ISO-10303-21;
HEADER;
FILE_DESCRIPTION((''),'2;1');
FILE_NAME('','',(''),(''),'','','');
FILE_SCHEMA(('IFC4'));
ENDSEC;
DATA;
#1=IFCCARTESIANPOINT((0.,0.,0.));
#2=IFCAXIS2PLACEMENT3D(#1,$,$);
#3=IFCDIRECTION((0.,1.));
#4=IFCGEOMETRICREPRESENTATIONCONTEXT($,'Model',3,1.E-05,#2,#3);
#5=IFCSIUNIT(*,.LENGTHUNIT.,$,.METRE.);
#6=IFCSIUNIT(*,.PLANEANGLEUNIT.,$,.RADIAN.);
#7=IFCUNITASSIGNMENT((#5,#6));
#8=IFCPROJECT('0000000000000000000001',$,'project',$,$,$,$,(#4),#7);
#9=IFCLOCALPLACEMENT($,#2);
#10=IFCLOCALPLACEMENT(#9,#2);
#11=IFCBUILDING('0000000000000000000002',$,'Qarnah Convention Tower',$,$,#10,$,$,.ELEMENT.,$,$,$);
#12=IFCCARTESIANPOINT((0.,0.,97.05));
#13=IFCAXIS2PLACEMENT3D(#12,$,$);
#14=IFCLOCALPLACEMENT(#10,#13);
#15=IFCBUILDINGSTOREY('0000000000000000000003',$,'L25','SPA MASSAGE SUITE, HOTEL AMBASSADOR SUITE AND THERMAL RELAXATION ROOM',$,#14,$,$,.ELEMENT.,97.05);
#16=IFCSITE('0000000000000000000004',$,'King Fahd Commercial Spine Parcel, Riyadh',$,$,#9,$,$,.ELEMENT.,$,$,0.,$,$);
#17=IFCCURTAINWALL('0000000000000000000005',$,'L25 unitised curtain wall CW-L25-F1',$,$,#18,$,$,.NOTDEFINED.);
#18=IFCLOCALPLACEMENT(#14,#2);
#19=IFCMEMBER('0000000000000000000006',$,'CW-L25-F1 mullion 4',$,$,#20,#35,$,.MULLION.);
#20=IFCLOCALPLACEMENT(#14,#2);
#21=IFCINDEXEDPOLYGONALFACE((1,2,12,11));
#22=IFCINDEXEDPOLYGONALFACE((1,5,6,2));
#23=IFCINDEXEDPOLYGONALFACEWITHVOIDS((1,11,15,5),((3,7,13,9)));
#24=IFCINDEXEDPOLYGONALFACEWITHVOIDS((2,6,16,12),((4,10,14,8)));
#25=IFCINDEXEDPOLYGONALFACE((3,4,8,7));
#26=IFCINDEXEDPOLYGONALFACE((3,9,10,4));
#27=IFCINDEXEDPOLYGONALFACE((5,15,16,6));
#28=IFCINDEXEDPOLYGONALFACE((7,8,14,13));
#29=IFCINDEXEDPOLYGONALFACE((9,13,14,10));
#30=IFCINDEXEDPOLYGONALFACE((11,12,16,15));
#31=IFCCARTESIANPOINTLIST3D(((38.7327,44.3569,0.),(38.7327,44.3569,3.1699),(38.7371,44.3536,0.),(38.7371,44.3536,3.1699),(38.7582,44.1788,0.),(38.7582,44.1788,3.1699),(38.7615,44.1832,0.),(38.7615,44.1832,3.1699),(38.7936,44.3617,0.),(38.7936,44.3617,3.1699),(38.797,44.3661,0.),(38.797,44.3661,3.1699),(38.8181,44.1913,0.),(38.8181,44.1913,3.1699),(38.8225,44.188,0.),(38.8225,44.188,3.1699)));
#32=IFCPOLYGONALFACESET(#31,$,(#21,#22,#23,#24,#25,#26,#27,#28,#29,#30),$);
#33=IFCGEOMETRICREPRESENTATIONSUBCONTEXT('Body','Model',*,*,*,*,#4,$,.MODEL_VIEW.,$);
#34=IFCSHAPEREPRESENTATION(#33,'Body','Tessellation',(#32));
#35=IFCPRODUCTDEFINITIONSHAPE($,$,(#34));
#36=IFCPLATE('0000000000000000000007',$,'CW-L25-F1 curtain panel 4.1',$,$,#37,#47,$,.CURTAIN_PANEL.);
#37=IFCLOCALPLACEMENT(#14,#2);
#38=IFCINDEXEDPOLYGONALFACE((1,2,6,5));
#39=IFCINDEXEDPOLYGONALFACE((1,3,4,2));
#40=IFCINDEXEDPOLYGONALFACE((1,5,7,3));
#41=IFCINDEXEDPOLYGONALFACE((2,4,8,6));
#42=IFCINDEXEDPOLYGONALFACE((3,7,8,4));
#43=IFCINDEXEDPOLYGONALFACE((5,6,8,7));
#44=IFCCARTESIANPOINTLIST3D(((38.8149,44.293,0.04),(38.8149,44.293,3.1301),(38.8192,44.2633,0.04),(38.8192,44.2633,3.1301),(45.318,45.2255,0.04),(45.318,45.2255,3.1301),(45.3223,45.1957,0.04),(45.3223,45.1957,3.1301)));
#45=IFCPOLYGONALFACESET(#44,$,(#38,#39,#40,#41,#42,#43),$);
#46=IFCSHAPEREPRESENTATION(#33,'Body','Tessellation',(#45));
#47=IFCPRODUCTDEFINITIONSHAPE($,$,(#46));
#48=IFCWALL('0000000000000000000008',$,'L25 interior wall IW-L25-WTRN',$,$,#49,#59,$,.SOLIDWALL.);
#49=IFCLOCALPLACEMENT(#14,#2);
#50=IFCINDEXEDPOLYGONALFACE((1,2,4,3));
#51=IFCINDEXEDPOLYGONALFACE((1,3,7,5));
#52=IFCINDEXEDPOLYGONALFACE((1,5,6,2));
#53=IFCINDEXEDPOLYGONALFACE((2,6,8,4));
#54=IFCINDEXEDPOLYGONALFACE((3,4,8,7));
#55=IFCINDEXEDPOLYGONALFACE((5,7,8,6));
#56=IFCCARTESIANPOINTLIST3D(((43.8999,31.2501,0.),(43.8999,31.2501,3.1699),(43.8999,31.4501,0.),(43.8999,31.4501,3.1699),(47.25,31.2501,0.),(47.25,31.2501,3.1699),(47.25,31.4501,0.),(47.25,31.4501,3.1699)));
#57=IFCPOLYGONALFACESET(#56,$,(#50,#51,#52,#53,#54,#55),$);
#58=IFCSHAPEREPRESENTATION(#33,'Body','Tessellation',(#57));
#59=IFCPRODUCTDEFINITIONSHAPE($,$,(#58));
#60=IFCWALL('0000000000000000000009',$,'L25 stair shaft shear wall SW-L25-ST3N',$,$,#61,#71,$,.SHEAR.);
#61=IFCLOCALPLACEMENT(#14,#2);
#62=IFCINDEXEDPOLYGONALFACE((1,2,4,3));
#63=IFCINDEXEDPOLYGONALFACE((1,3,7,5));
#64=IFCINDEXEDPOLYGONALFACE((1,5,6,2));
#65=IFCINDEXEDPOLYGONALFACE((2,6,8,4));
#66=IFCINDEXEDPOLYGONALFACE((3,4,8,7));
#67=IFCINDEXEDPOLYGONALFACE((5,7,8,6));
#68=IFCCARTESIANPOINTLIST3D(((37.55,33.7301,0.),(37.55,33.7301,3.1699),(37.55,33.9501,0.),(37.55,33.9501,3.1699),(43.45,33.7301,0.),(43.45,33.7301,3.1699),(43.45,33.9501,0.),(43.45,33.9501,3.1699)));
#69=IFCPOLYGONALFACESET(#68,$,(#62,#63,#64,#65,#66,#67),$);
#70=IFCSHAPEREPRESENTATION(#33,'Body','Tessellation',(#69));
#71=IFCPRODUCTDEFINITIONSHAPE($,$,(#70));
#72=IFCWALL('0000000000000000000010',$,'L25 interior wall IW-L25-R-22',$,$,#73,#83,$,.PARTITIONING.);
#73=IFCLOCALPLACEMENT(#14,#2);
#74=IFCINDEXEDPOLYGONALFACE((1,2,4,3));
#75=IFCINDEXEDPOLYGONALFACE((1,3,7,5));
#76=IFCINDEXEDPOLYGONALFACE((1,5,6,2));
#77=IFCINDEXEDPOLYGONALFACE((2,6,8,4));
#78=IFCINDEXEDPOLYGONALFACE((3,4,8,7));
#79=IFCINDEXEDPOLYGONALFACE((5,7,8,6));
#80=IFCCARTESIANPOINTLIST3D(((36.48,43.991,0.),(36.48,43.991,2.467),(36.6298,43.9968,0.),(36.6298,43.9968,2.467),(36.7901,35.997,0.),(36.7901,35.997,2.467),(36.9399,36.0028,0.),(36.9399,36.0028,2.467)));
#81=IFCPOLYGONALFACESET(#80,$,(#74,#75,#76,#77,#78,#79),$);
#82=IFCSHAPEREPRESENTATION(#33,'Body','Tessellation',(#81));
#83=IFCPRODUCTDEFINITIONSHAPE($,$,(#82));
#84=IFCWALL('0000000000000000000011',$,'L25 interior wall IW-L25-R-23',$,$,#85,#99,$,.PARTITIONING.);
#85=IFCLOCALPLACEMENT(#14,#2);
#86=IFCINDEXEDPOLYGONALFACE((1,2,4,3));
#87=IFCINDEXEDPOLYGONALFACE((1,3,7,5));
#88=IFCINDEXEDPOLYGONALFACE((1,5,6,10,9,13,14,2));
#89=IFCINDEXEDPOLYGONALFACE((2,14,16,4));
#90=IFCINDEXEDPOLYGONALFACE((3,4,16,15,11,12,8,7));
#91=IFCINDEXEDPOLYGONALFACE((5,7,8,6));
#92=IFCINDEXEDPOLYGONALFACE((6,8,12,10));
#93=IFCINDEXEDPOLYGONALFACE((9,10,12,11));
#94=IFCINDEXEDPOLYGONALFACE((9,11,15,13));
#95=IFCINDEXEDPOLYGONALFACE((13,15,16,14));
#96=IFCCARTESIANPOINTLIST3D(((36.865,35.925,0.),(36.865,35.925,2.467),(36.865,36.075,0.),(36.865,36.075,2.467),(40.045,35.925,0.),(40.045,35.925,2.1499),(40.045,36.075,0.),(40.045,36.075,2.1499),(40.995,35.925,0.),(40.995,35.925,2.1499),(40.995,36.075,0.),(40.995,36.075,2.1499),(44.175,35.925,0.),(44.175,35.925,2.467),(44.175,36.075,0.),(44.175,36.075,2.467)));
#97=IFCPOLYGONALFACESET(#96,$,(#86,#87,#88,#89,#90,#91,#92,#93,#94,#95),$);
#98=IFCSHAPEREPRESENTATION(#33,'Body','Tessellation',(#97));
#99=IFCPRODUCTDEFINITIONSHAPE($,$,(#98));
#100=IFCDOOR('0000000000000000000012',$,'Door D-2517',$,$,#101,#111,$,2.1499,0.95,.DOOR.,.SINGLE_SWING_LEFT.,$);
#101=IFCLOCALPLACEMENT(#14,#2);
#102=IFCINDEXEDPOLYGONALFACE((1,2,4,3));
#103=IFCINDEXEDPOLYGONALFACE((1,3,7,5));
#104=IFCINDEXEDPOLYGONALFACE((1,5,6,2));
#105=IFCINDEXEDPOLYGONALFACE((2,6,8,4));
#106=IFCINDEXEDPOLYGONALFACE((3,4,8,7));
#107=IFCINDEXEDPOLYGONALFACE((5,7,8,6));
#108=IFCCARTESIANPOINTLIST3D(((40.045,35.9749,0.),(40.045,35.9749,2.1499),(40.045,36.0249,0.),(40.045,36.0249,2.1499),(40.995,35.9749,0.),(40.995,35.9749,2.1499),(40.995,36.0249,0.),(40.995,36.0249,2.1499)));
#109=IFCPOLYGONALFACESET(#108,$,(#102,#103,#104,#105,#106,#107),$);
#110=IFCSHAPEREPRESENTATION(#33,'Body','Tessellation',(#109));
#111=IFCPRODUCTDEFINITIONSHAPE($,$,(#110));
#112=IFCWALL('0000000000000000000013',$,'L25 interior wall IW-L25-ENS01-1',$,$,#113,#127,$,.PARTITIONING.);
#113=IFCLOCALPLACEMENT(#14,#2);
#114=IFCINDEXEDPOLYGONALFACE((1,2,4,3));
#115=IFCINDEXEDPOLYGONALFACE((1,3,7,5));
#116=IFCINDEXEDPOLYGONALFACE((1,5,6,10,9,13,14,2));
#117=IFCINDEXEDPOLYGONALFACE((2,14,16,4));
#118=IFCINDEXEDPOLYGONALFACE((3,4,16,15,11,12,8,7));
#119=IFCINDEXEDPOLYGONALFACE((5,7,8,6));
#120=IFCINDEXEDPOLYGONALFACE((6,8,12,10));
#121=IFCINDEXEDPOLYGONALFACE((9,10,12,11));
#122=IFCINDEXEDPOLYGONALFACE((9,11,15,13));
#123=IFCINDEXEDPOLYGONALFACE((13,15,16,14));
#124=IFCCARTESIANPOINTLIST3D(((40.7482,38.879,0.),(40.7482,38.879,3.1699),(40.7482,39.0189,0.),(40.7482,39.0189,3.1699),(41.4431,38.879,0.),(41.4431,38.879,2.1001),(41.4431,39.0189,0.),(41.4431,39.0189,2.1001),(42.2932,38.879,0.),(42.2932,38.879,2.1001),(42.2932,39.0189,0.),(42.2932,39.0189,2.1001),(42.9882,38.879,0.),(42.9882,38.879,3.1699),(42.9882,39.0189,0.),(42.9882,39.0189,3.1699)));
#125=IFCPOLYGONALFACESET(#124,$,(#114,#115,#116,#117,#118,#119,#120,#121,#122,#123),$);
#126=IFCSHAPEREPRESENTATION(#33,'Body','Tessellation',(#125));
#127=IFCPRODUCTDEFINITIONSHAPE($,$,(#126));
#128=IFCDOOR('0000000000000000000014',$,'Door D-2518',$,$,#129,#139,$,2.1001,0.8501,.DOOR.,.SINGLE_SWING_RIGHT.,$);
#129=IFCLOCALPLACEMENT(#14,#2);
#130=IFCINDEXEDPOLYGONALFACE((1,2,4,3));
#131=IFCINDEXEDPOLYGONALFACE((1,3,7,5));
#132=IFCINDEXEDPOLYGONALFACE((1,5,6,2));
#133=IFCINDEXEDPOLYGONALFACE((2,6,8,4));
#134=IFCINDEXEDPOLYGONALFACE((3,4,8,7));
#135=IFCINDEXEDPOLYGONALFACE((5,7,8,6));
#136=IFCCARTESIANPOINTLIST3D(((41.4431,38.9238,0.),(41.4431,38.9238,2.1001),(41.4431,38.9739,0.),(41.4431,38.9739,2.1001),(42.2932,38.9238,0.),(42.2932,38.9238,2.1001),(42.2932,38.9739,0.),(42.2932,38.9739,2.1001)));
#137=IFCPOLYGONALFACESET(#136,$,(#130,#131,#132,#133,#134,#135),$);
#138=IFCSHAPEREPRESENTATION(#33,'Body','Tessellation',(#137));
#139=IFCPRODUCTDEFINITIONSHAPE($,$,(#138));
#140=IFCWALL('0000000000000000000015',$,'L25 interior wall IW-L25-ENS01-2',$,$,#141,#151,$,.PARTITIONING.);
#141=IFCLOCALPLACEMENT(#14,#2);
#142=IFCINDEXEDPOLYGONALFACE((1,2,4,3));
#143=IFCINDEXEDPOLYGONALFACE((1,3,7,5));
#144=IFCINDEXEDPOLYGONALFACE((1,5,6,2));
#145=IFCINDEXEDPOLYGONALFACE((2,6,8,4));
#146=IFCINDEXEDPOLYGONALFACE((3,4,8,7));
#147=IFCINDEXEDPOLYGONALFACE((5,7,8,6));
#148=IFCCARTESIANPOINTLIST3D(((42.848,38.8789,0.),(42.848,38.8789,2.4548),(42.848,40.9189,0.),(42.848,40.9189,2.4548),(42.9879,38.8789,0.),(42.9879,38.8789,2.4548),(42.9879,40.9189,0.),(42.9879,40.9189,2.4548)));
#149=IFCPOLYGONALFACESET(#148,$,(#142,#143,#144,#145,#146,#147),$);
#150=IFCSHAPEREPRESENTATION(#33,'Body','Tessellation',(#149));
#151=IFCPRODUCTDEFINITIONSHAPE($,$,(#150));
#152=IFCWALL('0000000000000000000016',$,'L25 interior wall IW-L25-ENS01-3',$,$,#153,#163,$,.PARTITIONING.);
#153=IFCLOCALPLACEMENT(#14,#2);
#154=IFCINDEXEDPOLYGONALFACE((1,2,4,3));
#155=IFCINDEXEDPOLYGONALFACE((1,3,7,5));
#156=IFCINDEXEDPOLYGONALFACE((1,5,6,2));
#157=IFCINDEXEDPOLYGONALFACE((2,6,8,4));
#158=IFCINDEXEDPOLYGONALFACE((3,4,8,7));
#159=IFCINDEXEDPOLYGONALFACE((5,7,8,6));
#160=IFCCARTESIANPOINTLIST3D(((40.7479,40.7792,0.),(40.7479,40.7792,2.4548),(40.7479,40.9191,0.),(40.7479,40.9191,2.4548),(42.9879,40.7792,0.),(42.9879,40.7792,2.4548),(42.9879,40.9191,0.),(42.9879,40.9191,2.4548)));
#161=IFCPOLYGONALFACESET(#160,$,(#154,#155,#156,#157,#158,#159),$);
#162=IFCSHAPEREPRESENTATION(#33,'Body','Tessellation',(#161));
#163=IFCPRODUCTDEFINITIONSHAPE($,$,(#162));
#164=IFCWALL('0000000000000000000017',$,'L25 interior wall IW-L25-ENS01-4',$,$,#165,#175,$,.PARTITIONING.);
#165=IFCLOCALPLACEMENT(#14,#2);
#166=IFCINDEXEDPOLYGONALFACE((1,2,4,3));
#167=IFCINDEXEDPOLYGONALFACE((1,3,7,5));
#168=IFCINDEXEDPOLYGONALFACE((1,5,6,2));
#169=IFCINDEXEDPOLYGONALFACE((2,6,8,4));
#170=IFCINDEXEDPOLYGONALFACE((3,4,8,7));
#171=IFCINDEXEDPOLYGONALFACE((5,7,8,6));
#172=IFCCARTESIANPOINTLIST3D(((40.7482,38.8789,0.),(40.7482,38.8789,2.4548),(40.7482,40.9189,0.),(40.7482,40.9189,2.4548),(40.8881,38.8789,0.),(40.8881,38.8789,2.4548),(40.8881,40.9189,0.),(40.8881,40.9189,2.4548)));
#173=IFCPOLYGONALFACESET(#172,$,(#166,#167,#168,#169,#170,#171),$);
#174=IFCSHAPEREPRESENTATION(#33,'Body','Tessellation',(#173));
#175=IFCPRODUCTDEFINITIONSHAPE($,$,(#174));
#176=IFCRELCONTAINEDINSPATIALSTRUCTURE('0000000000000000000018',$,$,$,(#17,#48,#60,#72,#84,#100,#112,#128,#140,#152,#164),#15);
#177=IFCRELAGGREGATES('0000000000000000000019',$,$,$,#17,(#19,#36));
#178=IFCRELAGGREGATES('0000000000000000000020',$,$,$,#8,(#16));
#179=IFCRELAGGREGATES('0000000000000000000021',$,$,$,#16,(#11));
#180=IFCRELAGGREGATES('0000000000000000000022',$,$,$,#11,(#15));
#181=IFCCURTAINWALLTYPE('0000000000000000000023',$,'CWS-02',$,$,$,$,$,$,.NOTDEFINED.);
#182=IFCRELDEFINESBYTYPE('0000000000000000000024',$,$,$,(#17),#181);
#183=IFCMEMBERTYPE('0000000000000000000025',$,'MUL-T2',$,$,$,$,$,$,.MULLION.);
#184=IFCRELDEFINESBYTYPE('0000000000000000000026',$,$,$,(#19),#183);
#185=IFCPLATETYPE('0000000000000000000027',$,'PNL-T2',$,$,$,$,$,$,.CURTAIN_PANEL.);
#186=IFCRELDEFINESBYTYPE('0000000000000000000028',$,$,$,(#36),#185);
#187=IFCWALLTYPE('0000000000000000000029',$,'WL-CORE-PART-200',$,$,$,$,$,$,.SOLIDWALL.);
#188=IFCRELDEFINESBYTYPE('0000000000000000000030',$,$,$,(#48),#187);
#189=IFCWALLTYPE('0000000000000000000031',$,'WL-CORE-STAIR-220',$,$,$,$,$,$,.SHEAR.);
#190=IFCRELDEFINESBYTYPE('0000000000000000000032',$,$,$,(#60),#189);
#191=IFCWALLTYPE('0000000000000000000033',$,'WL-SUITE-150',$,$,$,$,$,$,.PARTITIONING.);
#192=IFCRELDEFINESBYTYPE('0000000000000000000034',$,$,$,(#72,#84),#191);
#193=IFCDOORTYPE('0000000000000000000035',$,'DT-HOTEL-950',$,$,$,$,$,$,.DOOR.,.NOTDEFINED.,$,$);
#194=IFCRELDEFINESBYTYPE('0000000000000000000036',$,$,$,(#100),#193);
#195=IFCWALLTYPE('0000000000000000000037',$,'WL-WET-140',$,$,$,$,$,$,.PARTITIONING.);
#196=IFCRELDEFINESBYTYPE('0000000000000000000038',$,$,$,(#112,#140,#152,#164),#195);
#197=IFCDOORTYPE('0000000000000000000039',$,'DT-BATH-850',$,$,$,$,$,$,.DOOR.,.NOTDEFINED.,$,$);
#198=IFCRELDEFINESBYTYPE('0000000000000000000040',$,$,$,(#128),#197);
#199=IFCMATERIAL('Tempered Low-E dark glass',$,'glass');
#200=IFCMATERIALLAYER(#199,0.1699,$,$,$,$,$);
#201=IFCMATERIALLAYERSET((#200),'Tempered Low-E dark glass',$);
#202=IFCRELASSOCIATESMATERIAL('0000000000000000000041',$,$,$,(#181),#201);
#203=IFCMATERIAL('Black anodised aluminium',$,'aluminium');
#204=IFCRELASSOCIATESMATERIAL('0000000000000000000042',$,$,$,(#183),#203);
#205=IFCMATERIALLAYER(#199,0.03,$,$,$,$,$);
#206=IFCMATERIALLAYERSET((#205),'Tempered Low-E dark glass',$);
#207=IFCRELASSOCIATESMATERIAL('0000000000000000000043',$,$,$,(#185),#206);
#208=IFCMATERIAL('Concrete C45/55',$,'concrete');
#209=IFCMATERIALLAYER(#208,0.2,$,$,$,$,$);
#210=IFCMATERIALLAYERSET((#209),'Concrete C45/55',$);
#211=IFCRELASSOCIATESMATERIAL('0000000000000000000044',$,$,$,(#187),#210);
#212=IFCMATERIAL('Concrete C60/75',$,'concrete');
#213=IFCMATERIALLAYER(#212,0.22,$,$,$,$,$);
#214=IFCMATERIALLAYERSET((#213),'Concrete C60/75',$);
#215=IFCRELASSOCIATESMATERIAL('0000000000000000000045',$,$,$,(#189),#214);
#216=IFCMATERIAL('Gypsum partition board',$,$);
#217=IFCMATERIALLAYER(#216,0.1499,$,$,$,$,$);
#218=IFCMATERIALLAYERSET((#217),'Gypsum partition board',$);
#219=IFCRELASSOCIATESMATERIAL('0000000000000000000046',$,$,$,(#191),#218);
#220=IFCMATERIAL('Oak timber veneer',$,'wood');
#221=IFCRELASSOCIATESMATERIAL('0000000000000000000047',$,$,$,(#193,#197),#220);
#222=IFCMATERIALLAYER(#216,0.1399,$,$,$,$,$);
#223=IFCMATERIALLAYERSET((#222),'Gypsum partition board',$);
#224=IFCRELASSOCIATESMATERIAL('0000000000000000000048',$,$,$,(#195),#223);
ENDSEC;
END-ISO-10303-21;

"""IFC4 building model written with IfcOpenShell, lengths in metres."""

from ifc_helpers import new_model, si_unit, direction, frame, frame_2d, origin, origin_2d, place, context, subcontext, project, spatial, rectangle, hollow_rectangle, extrude, material, layer, layer_set, material_profile, profile_set, type_object, element, fill, aggregate, save


model = new_model("IFC4")

# Units and contexts
model_context = context("Model", 3, precision=1e-05, world=origin(), true_north=direction((0.0, 1.0)))
body_context = subcontext(model_context, "Body", "Model", "MODEL_VIEW")
ifc_project = project(units=[si_unit("LENGTHUNIT", "METRE"), si_unit("PLANEANGLEUNIT", "RADIAN")], contexts=[model_context])

# Site, building, storey
site_placement = place(None, origin())
site = spatial("IfcSite", under=ifc_project, at=site_placement, Name="King Fahd Commercial Spine Parcel, Riyadh", CompositionType="ELEMENT", RefElevation=0.0)
building_placement = place(site_placement, origin())
building = spatial("IfcBuilding", under=site, at=building_placement, Name="Qarnah Convention Tower", CompositionType="ELEMENT")
storey_placement = place(building_placement, frame((0.0, 0.0, 97.05)))
storey = spatial("IfcBuildingStorey", under=building, at=storey_placement, Name="L25", Description="SPA MASSAGE SUITE, HOTEL AMBASSADOR SUITE AND THERMAL RELAXATION ROOM", CompositionType="ELEMENT", Elevation=97.05)

# Shared definitions
ifc_material_1 = material(Name="Concrete C60/75", Category="concrete")

# Curtain wall, member, plate
ifc_material_2 = material(Name="Tempered Low-E dark glass", Category="glass")
ifc_layer_1 = layer(ifc_material_2, 0.1699)
ifc_layer_set_1 = layer_set([ifc_layer_1], Name="Tempered Low-E dark glass")
curtain_wall_type = type_object("IfcCurtainWallType", Name="CWS-02", PredefinedType="NOTDEFINED", material=ifc_layer_set_1)
curtain_wall_placement = place(storey_placement, origin())
curtain_wall = element("IfcCurtainWall", 1, at=curtain_wall_placement, inside=storey, type_object=curtain_wall_type, Name="L25 unitised curtain wall CW-L25-F1", PredefinedType="NOTDEFINED")
ifc_material_3 = material(Name="Black anodised aluminium", Category="aluminium")
ifc_material_profile_1 = material_profile(ifc_material_3, hollow_rectangle(XDim=0.0649, YDim=0.1799, WallThickness=0.0039, at=origin_2d()), Name="MUL-65X180")
ifc_profile_set_1 = profile_set([ifc_material_profile_1], Name="Black anodised aluminium")
member_type = type_object("IfcMemberType", Name="MUL-T2", PredefinedType="MULLION", material=ifc_profile_set_1)
member_placement = place(storey_placement, frame((38.7776, 44.2725, 0.0), z_axis=(0.0, 0.0, 1.0), x_axis=(0.989876, 0.141935, 0.0)))
member = element("IfcMember", 2, at=member_placement, type_object=member_type, Name="CW-L25-F1 mullion 4", PredefinedType="MULLION", context=body_context, shape_type="SweptSolid", body=[
    extrude(hollow_rectangle(XDim=0.0649, YDim=0.1799, WallThickness=0.0039, at=origin_2d()), origin(), (0.0, 0.0, 1.0), 3.1699),
])
ifc_layer_2 = layer(ifc_material_2, 0.03)
ifc_layer_set_2 = layer_set([ifc_layer_2], Name="Tempered Low-E dark glass")
plate_type = type_object("IfcPlateType", Name="PNL-T2", PredefinedType="CURTAIN_PANEL", material=ifc_layer_set_2)
plate_placement = place(storey_placement, frame((42.0686, 44.7444, 0.04), z_axis=(0.0, 0.0, 1.0), x_axis=(0.989876, 0.141935, 0.0)))
plate = element("IfcPlate", 3, at=plate_placement, type_object=plate_type, Name="CW-L25-F1 curtain panel 4.1", PredefinedType="CURTAIN_PANEL", context=body_context, shape_type="SweptSolid", body=[
    extrude(rectangle(XDim=6.5696, YDim=0.03, at=origin_2d()), origin(), (0.0, 0.0, 1.0), 3.0901),
])
aggregate(curtain_wall, [member, plate])

# Walls
ifc_material_4 = material(Name="Concrete C45/55", Category="concrete")
ifc_layer_3 = layer(ifc_material_4, 0.2)
ifc_layer_set_3 = layer_set([ifc_layer_3], Name="Concrete C45/55")
wall_type_1 = type_object("IfcWallType", Name="WL-CORE-PART-200", PredefinedType="SOLIDWALL", material=ifc_layer_set_3)
wall_1_placement = place(storey_placement, frame((43.8999, 31.3501, 0.0), z_axis=(0.0, 0.0, 1.0), x_axis=(1.0, 0.0, 0.0)))
element("IfcWall", 4, at=wall_1_placement, inside=storey, type_object=wall_type_1, Name="L25 interior wall IW-L25-WTRN", PredefinedType="SOLIDWALL", context=body_context, shape_type="SweptSolid", body=[
    extrude(rectangle(XDim=3.3501, YDim=0.2, at=frame_2d((1.675, 0.0))), origin(), (0.0, 0.0, 1.0), 3.1699),
])
ifc_layer_4 = layer(ifc_material_1, 0.22)
ifc_layer_set_4 = layer_set([ifc_layer_4], Name="Concrete C60/75")
wall_type_2 = type_object("IfcWallType", Name="WL-CORE-STAIR-220", PredefinedType="SHEAR", material=ifc_layer_set_4)
wall_2_placement = place(storey_placement, frame((37.55, 33.8401, 0.0), z_axis=(0.0, 0.0, 1.0), x_axis=(1.0, 0.0, 0.0)))
element("IfcWall", 5, at=wall_2_placement, inside=storey, type_object=wall_type_2, Name="L25 stair shaft shear wall SW-L25-ST3N", PredefinedType="SHEAR", context=body_context, shape_type="SweptSolid", body=[
    extrude(rectangle(XDim=5.8999, YDim=0.22, at=frame_2d((2.95, 0.0))), origin(), (0.0, 0.0, 1.0), 3.1699),
])
ifc_material_5 = material(Name="Gypsum partition board")
ifc_layer_5 = layer(ifc_material_5, 0.1499)
ifc_layer_set_5 = layer_set([ifc_layer_5], Name="Gypsum partition board")
wall_type_3 = type_object("IfcWallType", Name="WL-SUITE-150", PredefinedType="PARTITIONING", material=ifc_layer_set_5)
wall_3_placement = place(storey_placement, frame((36.5549, 43.9939, 0.0), z_axis=(0.0, 0.0, 1.0), x_axis=(0.038758, -0.999249, 0.0)))
element("IfcWall", 6, at=wall_3_placement, inside=storey, type_object=wall_type_3, Name="L25 interior wall IW-L25-R-22", PredefinedType="PARTITIONING", context=body_context, shape_type="SweptSolid", body=[
    extrude(rectangle(XDim=8.0, YDim=0.1499, at=frame_2d((4.0, 0.0))), origin(), (0.0, 0.0, 1.0), 2.467),
])

# Walls, openings, doors
wall_4_placement = place(storey_placement, frame((36.865, 36.0, 0.0), z_axis=(0.0, 0.0, 1.0), x_axis=(1.0, 0.0, 0.0)))
wall_4 = element("IfcWall", 7, at=wall_4_placement, inside=storey, type_object=wall_type_3, Name="L25 interior wall IW-L25-R-23", PredefinedType="PARTITIONING", context=body_context, shape_type="SweptSolid", body=[
    extrude(rectangle(XDim=7.3101, YDim=0.1499, at=frame_2d((3.655, 0.0))), origin(), (0.0, 0.0, 1.0), 2.467),
])
opening_1_placement = place(wall_4_placement, frame((3.1799, 0.0, 0.0)))
opening_1 = element("IfcOpeningElement", 8, at=opening_1_placement, cuts=wall_4, PredefinedType="OPENING", context=body_context, shape_type="SweptSolid", body=[
    extrude(rectangle(XDim=0.95, YDim=2.1499, at=frame_2d((0.4751, 1.075))), frame((0.0, 0.085, 0.0), z_axis=(0.0, -1.0, 0.0), x_axis=(1.0, 0.0, 0.0)), (0.0, 0.0, 1.0), 0.1699),
])
ifc_material_6 = material(Name="Oak timber veneer", Category="wood")
door_type_1 = type_object("IfcDoorType", Name="DT-HOTEL-950", OperationType="NOTDEFINED", PredefinedType="DOOR", material=ifc_material_6)
door_1_placement = place(opening_1_placement, origin())
door_1 = element("IfcDoor", 9, at=door_1_placement, inside=storey, type_object=door_type_1, Name="Door D-2517", OperationType="SINGLE_SWING_LEFT", OverallHeight=2.1499, OverallWidth=0.95, PredefinedType="DOOR", context=body_context, shape_type="SweptSolid", body=[
    extrude(rectangle(XDim=0.95, YDim=2.1499, at=frame_2d((0.4751, 1.075))), frame((0.0, 0.0249, 0.0), z_axis=(0.0, -1.0, 0.0), x_axis=(1.0, 0.0, 0.0)), (0.0, 0.0, 1.0), 0.05),
])
fill(opening_1, door_1)
ifc_layer_6 = layer(ifc_material_5, 0.1399)
ifc_layer_set_6 = layer_set([ifc_layer_6], Name="Gypsum partition board")
wall_type_4 = type_object("IfcWallType", Name="WL-WET-140", PredefinedType="PARTITIONING", material=ifc_layer_set_6)
wall_5_placement = place(storey_placement, frame((40.748, 38.949, 0.0), z_axis=(0.0, 0.0, 1.0), x_axis=(1.0, 0.0, 0.0)))
wall_5 = element("IfcWall", 10, at=wall_5_placement, inside=storey, type_object=wall_type_4, Name="L25 interior wall IW-L25-ENS01-1", PredefinedType="PARTITIONING", context=body_context, shape_type="SweptSolid", body=[
    extrude(rectangle(XDim=2.24, YDim=0.1399, at=frame_2d((1.1201, 0.0))), origin(), (0.0, 0.0, 1.0), 3.1699),
])
opening_2_placement = place(wall_5_placement, frame((0.6951, 0.0, 0.0)))
opening_2 = element("IfcOpeningElement", 11, at=opening_2_placement, cuts=wall_5, PredefinedType="OPENING", context=body_context, shape_type="SweptSolid", body=[
    extrude(rectangle(XDim=0.8501, YDim=2.1001, at=frame_2d((0.425, 1.05))), frame((0.0, 0.0798, 0.0), z_axis=(0.0, -1.0, 0.0), x_axis=(1.0, 0.0, 0.0)), (0.0, 0.0, 1.0), 0.1599),
])
door_type_2 = type_object("IfcDoorType", Name="DT-BATH-850", OperationType="NOTDEFINED", PredefinedType="DOOR", material=ifc_material_6)
door_2_placement = place(opening_2_placement, origin())
door_2 = element("IfcDoor", 12, at=door_2_placement, inside=storey, type_object=door_type_2, Name="Door D-2518", OperationType="SINGLE_SWING_RIGHT", OverallHeight=2.1001, OverallWidth=0.8501, PredefinedType="DOOR", context=body_context, shape_type="SweptSolid", body=[
    extrude(rectangle(XDim=0.8501, YDim=2.1001, at=frame_2d((0.425, 1.05))), frame((0.0, 0.0249, 0.0), z_axis=(0.0, -1.0, 0.0), x_axis=(1.0, 0.0, 0.0)), (0.0, 0.0, 1.0), 0.05),
])
fill(opening_2, door_2)

# Walls
wall_6_placement = place(storey_placement, frame((42.918, 38.8789, 0.0), z_axis=(0.0, 0.0, 1.0), x_axis=(0.0, 1.0, 0.0)))
element("IfcWall", 13, at=wall_6_placement, inside=storey, type_object=wall_type_4, Name="L25 interior wall IW-L25-ENS01-2", PredefinedType="PARTITIONING", context=body_context, shape_type="SweptSolid", body=[
    extrude(rectangle(XDim=2.04, YDim=0.1399, at=frame_2d((1.02, 0.0))), origin(), (0.0, 0.0, 1.0), 2.4548),
])
wall_7_placement = place(storey_placement, frame((42.988, 40.8491, 0.0), z_axis=(0.0, 0.0, 1.0), x_axis=(-1.0, 0.0, 0.0)))
element("IfcWall", 14, at=wall_7_placement, inside=storey, type_object=wall_type_4, Name="L25 interior wall IW-L25-ENS01-3", PredefinedType="PARTITIONING", context=body_context, shape_type="SweptSolid", body=[
    extrude(rectangle(XDim=2.24, YDim=0.1399, at=frame_2d((1.1201, 0.0))), origin(), (0.0, 0.0, 1.0), 2.4548),
])
wall_8_placement = place(storey_placement, frame((40.8181, 40.9189, 0.0), z_axis=(0.0, 0.0, 1.0), x_axis=(0.0, -1.0, 0.0)))
element("IfcWall", 15, at=wall_8_placement, inside=storey, type_object=wall_type_4, Name="L25 interior wall IW-L25-ENS01-4", PredefinedType="PARTITIONING", context=body_context, shape_type="SweptSolid", body=[
    extrude(rectangle(XDim=2.04, YDim=0.1399, at=frame_2d((1.02, 0.0))), origin(), (0.0, 0.0, 1.0), 2.4548),
])

save(model, "model.ifc")
